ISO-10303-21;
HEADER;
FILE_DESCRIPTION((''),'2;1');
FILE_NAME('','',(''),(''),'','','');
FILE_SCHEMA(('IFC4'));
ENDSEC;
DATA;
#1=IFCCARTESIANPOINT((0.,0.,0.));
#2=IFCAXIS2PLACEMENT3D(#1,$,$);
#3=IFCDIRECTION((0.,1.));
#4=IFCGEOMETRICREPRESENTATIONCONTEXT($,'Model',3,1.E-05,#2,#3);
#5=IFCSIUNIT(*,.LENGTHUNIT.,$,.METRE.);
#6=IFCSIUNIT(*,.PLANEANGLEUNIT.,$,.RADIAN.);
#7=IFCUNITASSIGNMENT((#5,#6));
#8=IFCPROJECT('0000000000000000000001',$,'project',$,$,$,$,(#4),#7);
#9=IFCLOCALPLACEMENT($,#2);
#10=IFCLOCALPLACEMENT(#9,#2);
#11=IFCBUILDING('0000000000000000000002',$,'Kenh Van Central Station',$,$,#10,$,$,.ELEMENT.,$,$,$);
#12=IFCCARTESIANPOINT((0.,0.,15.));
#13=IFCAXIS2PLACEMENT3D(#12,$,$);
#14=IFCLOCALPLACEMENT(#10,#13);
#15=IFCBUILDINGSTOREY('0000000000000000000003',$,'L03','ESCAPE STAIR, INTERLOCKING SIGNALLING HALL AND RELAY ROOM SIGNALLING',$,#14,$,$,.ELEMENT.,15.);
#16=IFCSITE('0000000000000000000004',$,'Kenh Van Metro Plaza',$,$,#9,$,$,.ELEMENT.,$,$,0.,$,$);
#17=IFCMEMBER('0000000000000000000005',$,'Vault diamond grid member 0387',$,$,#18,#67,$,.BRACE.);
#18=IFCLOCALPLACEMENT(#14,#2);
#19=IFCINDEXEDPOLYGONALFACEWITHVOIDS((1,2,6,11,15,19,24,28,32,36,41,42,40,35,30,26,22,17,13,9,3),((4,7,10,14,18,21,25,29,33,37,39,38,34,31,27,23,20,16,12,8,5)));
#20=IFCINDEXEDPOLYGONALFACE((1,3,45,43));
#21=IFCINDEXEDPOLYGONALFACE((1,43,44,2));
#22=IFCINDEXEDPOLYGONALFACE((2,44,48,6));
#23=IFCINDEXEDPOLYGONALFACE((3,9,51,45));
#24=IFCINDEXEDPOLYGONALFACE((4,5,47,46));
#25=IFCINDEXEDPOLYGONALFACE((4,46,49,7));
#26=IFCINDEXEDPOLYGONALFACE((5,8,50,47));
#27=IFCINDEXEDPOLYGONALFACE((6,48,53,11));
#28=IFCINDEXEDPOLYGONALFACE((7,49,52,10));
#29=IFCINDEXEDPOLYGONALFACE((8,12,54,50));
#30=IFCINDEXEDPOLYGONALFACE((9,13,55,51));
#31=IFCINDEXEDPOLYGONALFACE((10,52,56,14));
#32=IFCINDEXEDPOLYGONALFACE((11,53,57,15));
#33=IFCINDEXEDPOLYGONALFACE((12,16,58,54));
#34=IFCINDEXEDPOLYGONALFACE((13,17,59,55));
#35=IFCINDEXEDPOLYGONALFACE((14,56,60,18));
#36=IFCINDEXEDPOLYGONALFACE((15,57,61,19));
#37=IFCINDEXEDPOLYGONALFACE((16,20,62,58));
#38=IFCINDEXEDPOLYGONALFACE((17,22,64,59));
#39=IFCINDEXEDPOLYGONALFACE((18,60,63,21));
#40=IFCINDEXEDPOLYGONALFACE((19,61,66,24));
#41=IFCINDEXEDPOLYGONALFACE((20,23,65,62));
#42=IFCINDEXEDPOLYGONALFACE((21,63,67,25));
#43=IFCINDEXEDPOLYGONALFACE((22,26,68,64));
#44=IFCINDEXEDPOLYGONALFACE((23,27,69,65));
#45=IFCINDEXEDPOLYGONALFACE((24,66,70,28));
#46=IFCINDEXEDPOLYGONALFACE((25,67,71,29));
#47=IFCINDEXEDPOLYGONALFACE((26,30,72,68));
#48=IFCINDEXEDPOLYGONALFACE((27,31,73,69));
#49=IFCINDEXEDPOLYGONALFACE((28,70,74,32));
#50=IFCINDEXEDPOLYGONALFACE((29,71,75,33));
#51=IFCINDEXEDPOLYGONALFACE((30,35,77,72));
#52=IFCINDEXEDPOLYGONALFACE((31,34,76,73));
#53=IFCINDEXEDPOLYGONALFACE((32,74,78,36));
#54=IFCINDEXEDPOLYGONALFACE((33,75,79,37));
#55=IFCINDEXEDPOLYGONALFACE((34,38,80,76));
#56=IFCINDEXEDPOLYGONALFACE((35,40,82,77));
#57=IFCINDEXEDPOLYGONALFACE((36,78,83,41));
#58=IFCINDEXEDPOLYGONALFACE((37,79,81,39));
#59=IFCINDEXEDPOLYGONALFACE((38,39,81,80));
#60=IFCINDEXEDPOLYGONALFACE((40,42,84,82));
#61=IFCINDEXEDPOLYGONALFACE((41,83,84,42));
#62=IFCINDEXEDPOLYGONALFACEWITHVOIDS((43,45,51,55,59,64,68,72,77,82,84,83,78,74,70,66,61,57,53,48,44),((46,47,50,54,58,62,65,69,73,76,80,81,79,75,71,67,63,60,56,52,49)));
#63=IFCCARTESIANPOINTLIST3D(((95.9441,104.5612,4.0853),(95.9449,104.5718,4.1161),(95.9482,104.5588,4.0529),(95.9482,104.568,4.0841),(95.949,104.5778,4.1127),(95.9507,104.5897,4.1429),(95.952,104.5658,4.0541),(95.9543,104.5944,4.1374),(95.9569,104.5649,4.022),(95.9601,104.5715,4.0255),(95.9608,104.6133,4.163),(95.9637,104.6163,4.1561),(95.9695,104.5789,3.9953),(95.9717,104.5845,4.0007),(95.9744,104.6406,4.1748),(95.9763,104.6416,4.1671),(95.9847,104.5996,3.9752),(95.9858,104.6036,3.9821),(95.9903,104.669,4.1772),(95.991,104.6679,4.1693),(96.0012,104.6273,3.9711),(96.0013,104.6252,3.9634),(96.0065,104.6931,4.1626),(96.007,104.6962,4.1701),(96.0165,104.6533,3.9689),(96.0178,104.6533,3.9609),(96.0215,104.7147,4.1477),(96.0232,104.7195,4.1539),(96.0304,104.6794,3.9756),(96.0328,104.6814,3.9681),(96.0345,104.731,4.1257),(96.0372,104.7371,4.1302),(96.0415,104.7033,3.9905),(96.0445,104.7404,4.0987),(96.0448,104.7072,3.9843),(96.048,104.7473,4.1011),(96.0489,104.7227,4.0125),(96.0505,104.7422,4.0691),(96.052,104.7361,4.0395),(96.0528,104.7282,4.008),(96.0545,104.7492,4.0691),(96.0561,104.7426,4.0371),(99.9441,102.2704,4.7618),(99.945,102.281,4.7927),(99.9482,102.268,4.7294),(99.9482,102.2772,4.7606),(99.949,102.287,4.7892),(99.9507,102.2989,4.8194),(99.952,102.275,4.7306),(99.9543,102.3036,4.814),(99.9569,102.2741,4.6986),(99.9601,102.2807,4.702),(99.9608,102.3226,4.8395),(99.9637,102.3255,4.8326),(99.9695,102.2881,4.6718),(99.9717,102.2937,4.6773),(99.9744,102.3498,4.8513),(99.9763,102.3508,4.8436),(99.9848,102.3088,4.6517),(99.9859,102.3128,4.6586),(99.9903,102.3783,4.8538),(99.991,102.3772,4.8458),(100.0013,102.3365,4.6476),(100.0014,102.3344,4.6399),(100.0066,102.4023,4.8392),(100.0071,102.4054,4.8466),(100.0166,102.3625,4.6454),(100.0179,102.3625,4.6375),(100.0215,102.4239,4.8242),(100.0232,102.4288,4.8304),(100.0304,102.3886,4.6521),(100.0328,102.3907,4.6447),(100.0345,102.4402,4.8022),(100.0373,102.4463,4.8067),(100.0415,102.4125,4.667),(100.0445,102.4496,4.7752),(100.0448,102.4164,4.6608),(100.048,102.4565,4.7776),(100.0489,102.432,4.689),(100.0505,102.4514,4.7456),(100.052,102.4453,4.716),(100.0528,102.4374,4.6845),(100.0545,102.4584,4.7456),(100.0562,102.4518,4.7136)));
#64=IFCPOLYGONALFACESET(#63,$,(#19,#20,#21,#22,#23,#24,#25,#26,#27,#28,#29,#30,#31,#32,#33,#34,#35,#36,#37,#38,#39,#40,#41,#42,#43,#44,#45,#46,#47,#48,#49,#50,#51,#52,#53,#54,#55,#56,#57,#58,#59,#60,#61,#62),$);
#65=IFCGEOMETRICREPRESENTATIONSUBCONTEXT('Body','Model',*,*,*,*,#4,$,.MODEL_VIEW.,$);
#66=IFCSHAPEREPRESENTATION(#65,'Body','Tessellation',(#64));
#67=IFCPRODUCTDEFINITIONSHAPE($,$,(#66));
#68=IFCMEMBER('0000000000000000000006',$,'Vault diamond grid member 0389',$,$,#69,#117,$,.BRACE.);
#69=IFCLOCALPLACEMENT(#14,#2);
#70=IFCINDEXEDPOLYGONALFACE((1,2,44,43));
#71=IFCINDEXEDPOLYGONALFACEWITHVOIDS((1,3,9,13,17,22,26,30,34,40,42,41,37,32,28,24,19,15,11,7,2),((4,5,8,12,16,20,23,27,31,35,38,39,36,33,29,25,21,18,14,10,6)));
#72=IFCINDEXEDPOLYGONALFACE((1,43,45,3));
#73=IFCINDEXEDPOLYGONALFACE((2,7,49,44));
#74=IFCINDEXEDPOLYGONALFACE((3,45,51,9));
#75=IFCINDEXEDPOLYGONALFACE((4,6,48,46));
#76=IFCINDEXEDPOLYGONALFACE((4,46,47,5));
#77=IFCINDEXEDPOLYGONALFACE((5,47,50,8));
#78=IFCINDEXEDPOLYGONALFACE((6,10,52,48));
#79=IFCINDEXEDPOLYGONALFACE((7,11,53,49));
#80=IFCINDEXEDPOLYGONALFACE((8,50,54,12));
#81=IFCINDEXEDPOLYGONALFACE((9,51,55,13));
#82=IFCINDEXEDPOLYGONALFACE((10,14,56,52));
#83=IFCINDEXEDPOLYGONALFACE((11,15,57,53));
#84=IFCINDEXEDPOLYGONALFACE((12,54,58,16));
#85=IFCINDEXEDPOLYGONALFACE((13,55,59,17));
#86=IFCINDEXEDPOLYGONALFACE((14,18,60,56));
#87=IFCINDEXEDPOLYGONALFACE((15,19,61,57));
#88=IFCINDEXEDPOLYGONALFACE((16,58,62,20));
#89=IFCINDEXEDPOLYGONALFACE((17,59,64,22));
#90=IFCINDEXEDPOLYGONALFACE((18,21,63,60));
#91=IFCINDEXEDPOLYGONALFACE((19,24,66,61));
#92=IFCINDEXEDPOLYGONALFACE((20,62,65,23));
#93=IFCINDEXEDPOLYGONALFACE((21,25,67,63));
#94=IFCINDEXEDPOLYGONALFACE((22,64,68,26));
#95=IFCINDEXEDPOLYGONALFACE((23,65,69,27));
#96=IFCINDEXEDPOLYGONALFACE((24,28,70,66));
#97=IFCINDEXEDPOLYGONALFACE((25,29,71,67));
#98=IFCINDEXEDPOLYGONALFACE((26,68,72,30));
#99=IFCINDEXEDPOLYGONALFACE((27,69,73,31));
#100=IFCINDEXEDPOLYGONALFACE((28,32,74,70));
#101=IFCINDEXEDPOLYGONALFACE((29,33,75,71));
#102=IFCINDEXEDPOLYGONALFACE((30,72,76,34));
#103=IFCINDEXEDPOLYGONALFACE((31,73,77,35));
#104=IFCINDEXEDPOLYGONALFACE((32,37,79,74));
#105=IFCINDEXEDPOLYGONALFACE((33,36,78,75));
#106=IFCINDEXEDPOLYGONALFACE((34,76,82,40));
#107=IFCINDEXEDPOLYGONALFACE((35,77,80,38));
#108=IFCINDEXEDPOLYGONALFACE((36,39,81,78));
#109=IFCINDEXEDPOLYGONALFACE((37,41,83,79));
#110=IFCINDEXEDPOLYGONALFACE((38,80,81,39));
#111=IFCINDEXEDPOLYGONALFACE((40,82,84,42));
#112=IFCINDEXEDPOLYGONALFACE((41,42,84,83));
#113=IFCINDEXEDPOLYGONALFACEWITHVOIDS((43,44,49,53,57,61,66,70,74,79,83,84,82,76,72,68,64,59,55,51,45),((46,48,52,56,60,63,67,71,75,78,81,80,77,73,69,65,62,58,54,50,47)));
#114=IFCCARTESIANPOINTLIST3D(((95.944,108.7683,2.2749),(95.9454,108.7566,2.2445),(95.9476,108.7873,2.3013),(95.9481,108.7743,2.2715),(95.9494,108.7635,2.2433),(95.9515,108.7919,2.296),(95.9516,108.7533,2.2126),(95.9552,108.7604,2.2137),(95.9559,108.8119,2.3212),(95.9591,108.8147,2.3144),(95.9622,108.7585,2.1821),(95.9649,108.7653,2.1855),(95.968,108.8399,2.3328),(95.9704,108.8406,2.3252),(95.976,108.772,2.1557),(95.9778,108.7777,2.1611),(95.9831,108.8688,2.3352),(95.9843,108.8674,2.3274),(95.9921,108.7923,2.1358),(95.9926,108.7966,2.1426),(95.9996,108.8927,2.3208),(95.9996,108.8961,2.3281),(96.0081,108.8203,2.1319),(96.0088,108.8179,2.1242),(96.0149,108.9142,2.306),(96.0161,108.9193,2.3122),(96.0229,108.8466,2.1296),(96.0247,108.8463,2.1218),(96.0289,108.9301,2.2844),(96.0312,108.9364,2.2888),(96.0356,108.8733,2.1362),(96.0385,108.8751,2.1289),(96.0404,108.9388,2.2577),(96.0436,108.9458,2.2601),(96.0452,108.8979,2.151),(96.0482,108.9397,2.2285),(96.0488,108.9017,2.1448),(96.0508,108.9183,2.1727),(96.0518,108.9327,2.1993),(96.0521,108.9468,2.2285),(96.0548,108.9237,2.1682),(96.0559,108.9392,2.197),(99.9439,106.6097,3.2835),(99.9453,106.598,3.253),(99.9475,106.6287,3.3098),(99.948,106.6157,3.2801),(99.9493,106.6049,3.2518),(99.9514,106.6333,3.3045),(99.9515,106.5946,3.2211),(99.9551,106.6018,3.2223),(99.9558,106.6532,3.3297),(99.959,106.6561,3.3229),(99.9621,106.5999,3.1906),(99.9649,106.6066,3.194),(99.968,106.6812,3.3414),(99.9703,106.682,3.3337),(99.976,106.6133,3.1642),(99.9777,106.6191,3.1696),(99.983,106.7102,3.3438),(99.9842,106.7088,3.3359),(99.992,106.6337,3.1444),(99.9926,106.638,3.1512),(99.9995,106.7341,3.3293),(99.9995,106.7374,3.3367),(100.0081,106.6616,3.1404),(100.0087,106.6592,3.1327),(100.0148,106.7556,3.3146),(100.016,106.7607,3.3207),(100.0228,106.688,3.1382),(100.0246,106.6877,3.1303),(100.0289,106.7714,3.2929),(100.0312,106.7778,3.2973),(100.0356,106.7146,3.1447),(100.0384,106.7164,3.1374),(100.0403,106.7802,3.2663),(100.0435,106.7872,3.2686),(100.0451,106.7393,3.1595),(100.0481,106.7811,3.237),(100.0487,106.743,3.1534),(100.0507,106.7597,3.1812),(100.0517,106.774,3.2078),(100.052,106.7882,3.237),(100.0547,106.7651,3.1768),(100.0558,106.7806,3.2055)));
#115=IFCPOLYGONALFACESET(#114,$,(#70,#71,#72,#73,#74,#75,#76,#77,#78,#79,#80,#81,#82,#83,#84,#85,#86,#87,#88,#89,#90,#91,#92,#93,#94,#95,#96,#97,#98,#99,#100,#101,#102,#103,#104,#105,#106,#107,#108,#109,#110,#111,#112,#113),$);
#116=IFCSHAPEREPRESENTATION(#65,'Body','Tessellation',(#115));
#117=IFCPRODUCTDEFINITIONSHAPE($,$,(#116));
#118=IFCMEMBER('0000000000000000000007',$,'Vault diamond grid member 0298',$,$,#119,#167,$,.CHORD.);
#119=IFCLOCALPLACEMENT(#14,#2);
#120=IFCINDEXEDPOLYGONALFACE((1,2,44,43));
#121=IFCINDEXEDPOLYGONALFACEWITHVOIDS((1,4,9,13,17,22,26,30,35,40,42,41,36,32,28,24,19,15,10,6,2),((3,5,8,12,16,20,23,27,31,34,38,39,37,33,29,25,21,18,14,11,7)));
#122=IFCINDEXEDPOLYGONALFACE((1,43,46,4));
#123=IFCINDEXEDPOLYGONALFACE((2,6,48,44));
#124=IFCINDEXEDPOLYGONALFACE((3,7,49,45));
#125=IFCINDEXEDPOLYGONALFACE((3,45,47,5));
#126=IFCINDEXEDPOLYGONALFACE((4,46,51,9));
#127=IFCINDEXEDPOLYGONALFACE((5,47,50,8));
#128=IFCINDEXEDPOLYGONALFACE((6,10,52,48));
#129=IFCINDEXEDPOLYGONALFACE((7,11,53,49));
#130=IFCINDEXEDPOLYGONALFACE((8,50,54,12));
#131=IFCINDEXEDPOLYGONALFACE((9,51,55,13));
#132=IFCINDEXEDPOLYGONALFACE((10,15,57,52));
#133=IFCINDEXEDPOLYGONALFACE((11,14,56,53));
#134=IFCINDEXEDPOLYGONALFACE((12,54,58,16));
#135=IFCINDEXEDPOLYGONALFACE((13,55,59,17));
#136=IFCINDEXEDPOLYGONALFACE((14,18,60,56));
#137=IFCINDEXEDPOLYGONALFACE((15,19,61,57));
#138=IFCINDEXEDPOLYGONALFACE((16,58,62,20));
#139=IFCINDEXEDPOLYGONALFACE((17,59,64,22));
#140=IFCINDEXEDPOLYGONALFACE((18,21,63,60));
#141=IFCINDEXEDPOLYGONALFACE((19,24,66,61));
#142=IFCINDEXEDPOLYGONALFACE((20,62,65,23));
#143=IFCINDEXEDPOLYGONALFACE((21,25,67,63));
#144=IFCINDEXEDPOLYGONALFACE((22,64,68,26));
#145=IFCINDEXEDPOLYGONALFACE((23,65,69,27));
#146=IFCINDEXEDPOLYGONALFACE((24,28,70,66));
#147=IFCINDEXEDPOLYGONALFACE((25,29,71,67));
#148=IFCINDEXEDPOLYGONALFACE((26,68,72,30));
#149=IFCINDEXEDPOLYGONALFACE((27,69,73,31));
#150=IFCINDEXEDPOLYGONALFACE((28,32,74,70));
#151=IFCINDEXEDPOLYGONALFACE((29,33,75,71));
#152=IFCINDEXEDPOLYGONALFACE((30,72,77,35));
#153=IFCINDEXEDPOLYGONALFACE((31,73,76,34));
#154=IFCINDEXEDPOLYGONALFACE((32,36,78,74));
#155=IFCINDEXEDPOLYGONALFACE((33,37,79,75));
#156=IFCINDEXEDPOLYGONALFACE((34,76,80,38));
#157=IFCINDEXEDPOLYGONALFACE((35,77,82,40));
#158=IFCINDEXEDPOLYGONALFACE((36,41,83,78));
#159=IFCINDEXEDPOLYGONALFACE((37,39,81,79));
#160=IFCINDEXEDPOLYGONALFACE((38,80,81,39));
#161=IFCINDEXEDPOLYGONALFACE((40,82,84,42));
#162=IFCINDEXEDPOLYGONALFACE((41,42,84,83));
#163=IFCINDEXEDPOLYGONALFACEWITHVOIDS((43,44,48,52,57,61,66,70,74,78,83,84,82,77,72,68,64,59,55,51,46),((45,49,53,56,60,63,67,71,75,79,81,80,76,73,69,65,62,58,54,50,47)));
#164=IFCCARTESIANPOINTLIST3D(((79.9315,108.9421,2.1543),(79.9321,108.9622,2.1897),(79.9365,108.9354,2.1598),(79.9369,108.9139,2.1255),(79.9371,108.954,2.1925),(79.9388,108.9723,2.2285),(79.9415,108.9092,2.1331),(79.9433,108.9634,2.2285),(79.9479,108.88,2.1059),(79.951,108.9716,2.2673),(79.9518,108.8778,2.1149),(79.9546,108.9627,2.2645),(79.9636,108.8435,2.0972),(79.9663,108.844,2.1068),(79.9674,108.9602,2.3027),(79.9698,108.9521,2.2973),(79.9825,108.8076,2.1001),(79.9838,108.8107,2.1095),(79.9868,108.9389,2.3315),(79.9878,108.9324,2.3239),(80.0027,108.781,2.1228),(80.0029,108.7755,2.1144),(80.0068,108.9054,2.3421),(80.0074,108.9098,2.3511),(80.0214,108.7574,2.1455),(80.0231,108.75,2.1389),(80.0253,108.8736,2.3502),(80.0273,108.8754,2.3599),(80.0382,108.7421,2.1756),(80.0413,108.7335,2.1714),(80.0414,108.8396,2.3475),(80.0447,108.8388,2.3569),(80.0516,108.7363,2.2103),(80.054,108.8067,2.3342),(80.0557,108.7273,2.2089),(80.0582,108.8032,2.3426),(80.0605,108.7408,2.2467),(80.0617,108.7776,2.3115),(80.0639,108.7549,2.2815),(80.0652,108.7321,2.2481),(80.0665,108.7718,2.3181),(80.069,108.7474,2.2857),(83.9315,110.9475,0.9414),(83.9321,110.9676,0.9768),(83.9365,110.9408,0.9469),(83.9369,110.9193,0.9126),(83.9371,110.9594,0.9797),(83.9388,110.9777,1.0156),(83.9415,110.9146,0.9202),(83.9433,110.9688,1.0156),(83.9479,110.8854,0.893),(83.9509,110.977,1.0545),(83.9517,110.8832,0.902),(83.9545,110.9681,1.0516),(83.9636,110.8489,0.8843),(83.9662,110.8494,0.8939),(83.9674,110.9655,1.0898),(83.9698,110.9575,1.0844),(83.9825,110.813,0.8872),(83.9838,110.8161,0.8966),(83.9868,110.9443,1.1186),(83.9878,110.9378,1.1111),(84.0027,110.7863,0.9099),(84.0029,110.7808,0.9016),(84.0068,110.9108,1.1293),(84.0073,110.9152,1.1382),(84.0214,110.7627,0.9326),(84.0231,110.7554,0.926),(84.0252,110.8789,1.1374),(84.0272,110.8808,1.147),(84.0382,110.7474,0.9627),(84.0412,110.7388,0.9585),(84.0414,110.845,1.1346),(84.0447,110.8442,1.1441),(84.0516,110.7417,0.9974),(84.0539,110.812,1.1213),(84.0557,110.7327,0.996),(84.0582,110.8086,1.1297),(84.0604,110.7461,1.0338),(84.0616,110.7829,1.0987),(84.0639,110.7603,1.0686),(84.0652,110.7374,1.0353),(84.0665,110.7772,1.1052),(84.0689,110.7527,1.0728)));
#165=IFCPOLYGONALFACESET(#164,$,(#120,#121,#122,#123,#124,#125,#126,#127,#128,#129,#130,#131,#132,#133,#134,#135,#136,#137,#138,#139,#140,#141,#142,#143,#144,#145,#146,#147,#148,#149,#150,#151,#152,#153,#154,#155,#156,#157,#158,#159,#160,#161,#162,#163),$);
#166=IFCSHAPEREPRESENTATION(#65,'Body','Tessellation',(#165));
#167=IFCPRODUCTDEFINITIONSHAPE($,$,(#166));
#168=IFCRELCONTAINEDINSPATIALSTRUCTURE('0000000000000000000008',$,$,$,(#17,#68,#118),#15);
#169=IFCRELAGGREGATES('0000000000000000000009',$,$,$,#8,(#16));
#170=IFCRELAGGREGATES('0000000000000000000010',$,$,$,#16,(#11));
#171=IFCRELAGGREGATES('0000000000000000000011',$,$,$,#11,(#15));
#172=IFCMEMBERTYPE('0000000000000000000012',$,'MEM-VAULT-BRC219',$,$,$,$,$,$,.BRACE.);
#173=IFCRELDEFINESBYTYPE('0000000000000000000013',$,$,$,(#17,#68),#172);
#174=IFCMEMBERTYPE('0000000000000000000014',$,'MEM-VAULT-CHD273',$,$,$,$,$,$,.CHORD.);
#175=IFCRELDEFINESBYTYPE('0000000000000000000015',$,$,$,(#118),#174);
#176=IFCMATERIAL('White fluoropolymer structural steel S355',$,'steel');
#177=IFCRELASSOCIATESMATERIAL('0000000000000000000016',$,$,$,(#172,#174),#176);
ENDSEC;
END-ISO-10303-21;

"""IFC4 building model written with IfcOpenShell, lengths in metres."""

from ifc_helpers import new_model, si_unit, direction, frame, origin, origin_2d, place, context, subcontext, project, spatial, hollow_circle, extrude, material, material_profile, profile_set, type_object, element, save


model = new_model("IFC4")

# Units and contexts
model_context = context("Model", 3, precision=1e-05, world=origin(), true_north=direction((0.0, 1.0)))
body_context = subcontext(model_context, "Body", "Model", "MODEL_VIEW")
ifc_project = project(units=[si_unit("LENGTHUNIT", "METRE"), si_unit("PLANEANGLEUNIT", "RADIAN")], contexts=[model_context])

# Site, building, storey
site_placement = place(None, origin())
site = spatial("IfcSite", under=ifc_project, at=site_placement, Name="Kenh Van Metro Plaza", CompositionType="ELEMENT", RefElevation=0.0)
building_placement = place(site_placement, origin())
building = spatial("IfcBuilding", under=site, at=building_placement, Name="Kenh Van Central Station", CompositionType="ELEMENT")
storey_placement = place(building_placement, frame((0.0, 0.0, 15.0)))
storey = spatial("IfcBuildingStorey", under=building, at=storey_placement, Name="L03", Description="ESCAPE STAIR, INTERLOCKING SIGNALLING HALL AND RELAY ROOM SIGNALLING", CompositionType="ELEMENT", Elevation=15.0)

# Shared definitions
ifc_material_1 = material(Name="White fluoropolymer structural steel S355", Category="steel")

# Members
ifc_material_profile_1 = material_profile(ifc_material_1, hollow_circle(Radius=0.1096, WallThickness=0.0081, at=origin_2d()), Name="CHS 219.1x8")
ifc_profile_set_1 = profile_set([ifc_material_profile_1], Name="White fluoropolymer structural steel S355")
member_type_1 = type_object("IfcMemberType", Name="MEM-VAULT-BRC219", PredefinedType="BRACE", material=ifc_profile_set_1)
member_1_placement = place(storey_placement, frame((96.0, 104.6541, 4.0691), z_axis=(0.858573, -0.491698, 0.145209), x_axis=(0.496966, 0.86777, 0.0)))
element("IfcMember", 1, at=member_1_placement, inside=storey, type_object=member_type_1, Name="Vault diamond grid member 0387", PredefinedType="BRACE", context=body_context, shape_type="SweptSolid", body=[
    extrude(hollow_circle(Radius=0.1096, WallThickness=0.0081, at=origin_2d()), origin(), (0.0, 0.0, 1.0), 4.6589),
])
member_2_placement = place(storey_placement, frame((96.0, 108.8503, 2.2285), z_axis=(0.859131, -0.46365, 0.216618), x_axis=(0.474926, 0.880026, 0.0)))
element("IfcMember", 2, at=member_2_placement, inside=storey, type_object=member_type_1, Name="Vault diamond grid member 0389", PredefinedType="BRACE", context=body_context, shape_type="SweptSolid", body=[
    extrude(hollow_circle(Radius=0.1096, WallThickness=0.0081, at=origin_2d()), origin(), (0.0, 0.0, 1.0), 4.6558),
])
ifc_material_profile_2 = material_profile(ifc_material_1, hollow_circle(Radius=0.1365, WallThickness=0.01, at=origin_2d()), Name="CHS 273x10")
ifc_profile_set_2 = profile_set([ifc_material_profile_2], Name="White fluoropolymer structural steel S355")
member_type_2 = type_object("IfcMemberType", Name="MEM-VAULT-CHD273", PredefinedType="CHORD", material=ifc_profile_set_2)
member_3_placement = place(storey_placement, frame((80.0, 108.8503, 2.2285), z_axis=(0.86281, 0.432564, -0.261624), x_axis=(-0.448174, 0.893947, 0.0)))
element("IfcMember", 3, at=member_3_placement, inside=storey, type_object=member_type_2, Name="Vault diamond grid member 0298", PredefinedType="CHORD", context=body_context, shape_type="SweptSolid", body=[
    extrude(hollow_circle(Radius=0.1365, WallThickness=0.01, at=origin_2d()), origin(), (0.0, 0.0, 1.0), 4.636),
])

save(model, "model.ifc")
